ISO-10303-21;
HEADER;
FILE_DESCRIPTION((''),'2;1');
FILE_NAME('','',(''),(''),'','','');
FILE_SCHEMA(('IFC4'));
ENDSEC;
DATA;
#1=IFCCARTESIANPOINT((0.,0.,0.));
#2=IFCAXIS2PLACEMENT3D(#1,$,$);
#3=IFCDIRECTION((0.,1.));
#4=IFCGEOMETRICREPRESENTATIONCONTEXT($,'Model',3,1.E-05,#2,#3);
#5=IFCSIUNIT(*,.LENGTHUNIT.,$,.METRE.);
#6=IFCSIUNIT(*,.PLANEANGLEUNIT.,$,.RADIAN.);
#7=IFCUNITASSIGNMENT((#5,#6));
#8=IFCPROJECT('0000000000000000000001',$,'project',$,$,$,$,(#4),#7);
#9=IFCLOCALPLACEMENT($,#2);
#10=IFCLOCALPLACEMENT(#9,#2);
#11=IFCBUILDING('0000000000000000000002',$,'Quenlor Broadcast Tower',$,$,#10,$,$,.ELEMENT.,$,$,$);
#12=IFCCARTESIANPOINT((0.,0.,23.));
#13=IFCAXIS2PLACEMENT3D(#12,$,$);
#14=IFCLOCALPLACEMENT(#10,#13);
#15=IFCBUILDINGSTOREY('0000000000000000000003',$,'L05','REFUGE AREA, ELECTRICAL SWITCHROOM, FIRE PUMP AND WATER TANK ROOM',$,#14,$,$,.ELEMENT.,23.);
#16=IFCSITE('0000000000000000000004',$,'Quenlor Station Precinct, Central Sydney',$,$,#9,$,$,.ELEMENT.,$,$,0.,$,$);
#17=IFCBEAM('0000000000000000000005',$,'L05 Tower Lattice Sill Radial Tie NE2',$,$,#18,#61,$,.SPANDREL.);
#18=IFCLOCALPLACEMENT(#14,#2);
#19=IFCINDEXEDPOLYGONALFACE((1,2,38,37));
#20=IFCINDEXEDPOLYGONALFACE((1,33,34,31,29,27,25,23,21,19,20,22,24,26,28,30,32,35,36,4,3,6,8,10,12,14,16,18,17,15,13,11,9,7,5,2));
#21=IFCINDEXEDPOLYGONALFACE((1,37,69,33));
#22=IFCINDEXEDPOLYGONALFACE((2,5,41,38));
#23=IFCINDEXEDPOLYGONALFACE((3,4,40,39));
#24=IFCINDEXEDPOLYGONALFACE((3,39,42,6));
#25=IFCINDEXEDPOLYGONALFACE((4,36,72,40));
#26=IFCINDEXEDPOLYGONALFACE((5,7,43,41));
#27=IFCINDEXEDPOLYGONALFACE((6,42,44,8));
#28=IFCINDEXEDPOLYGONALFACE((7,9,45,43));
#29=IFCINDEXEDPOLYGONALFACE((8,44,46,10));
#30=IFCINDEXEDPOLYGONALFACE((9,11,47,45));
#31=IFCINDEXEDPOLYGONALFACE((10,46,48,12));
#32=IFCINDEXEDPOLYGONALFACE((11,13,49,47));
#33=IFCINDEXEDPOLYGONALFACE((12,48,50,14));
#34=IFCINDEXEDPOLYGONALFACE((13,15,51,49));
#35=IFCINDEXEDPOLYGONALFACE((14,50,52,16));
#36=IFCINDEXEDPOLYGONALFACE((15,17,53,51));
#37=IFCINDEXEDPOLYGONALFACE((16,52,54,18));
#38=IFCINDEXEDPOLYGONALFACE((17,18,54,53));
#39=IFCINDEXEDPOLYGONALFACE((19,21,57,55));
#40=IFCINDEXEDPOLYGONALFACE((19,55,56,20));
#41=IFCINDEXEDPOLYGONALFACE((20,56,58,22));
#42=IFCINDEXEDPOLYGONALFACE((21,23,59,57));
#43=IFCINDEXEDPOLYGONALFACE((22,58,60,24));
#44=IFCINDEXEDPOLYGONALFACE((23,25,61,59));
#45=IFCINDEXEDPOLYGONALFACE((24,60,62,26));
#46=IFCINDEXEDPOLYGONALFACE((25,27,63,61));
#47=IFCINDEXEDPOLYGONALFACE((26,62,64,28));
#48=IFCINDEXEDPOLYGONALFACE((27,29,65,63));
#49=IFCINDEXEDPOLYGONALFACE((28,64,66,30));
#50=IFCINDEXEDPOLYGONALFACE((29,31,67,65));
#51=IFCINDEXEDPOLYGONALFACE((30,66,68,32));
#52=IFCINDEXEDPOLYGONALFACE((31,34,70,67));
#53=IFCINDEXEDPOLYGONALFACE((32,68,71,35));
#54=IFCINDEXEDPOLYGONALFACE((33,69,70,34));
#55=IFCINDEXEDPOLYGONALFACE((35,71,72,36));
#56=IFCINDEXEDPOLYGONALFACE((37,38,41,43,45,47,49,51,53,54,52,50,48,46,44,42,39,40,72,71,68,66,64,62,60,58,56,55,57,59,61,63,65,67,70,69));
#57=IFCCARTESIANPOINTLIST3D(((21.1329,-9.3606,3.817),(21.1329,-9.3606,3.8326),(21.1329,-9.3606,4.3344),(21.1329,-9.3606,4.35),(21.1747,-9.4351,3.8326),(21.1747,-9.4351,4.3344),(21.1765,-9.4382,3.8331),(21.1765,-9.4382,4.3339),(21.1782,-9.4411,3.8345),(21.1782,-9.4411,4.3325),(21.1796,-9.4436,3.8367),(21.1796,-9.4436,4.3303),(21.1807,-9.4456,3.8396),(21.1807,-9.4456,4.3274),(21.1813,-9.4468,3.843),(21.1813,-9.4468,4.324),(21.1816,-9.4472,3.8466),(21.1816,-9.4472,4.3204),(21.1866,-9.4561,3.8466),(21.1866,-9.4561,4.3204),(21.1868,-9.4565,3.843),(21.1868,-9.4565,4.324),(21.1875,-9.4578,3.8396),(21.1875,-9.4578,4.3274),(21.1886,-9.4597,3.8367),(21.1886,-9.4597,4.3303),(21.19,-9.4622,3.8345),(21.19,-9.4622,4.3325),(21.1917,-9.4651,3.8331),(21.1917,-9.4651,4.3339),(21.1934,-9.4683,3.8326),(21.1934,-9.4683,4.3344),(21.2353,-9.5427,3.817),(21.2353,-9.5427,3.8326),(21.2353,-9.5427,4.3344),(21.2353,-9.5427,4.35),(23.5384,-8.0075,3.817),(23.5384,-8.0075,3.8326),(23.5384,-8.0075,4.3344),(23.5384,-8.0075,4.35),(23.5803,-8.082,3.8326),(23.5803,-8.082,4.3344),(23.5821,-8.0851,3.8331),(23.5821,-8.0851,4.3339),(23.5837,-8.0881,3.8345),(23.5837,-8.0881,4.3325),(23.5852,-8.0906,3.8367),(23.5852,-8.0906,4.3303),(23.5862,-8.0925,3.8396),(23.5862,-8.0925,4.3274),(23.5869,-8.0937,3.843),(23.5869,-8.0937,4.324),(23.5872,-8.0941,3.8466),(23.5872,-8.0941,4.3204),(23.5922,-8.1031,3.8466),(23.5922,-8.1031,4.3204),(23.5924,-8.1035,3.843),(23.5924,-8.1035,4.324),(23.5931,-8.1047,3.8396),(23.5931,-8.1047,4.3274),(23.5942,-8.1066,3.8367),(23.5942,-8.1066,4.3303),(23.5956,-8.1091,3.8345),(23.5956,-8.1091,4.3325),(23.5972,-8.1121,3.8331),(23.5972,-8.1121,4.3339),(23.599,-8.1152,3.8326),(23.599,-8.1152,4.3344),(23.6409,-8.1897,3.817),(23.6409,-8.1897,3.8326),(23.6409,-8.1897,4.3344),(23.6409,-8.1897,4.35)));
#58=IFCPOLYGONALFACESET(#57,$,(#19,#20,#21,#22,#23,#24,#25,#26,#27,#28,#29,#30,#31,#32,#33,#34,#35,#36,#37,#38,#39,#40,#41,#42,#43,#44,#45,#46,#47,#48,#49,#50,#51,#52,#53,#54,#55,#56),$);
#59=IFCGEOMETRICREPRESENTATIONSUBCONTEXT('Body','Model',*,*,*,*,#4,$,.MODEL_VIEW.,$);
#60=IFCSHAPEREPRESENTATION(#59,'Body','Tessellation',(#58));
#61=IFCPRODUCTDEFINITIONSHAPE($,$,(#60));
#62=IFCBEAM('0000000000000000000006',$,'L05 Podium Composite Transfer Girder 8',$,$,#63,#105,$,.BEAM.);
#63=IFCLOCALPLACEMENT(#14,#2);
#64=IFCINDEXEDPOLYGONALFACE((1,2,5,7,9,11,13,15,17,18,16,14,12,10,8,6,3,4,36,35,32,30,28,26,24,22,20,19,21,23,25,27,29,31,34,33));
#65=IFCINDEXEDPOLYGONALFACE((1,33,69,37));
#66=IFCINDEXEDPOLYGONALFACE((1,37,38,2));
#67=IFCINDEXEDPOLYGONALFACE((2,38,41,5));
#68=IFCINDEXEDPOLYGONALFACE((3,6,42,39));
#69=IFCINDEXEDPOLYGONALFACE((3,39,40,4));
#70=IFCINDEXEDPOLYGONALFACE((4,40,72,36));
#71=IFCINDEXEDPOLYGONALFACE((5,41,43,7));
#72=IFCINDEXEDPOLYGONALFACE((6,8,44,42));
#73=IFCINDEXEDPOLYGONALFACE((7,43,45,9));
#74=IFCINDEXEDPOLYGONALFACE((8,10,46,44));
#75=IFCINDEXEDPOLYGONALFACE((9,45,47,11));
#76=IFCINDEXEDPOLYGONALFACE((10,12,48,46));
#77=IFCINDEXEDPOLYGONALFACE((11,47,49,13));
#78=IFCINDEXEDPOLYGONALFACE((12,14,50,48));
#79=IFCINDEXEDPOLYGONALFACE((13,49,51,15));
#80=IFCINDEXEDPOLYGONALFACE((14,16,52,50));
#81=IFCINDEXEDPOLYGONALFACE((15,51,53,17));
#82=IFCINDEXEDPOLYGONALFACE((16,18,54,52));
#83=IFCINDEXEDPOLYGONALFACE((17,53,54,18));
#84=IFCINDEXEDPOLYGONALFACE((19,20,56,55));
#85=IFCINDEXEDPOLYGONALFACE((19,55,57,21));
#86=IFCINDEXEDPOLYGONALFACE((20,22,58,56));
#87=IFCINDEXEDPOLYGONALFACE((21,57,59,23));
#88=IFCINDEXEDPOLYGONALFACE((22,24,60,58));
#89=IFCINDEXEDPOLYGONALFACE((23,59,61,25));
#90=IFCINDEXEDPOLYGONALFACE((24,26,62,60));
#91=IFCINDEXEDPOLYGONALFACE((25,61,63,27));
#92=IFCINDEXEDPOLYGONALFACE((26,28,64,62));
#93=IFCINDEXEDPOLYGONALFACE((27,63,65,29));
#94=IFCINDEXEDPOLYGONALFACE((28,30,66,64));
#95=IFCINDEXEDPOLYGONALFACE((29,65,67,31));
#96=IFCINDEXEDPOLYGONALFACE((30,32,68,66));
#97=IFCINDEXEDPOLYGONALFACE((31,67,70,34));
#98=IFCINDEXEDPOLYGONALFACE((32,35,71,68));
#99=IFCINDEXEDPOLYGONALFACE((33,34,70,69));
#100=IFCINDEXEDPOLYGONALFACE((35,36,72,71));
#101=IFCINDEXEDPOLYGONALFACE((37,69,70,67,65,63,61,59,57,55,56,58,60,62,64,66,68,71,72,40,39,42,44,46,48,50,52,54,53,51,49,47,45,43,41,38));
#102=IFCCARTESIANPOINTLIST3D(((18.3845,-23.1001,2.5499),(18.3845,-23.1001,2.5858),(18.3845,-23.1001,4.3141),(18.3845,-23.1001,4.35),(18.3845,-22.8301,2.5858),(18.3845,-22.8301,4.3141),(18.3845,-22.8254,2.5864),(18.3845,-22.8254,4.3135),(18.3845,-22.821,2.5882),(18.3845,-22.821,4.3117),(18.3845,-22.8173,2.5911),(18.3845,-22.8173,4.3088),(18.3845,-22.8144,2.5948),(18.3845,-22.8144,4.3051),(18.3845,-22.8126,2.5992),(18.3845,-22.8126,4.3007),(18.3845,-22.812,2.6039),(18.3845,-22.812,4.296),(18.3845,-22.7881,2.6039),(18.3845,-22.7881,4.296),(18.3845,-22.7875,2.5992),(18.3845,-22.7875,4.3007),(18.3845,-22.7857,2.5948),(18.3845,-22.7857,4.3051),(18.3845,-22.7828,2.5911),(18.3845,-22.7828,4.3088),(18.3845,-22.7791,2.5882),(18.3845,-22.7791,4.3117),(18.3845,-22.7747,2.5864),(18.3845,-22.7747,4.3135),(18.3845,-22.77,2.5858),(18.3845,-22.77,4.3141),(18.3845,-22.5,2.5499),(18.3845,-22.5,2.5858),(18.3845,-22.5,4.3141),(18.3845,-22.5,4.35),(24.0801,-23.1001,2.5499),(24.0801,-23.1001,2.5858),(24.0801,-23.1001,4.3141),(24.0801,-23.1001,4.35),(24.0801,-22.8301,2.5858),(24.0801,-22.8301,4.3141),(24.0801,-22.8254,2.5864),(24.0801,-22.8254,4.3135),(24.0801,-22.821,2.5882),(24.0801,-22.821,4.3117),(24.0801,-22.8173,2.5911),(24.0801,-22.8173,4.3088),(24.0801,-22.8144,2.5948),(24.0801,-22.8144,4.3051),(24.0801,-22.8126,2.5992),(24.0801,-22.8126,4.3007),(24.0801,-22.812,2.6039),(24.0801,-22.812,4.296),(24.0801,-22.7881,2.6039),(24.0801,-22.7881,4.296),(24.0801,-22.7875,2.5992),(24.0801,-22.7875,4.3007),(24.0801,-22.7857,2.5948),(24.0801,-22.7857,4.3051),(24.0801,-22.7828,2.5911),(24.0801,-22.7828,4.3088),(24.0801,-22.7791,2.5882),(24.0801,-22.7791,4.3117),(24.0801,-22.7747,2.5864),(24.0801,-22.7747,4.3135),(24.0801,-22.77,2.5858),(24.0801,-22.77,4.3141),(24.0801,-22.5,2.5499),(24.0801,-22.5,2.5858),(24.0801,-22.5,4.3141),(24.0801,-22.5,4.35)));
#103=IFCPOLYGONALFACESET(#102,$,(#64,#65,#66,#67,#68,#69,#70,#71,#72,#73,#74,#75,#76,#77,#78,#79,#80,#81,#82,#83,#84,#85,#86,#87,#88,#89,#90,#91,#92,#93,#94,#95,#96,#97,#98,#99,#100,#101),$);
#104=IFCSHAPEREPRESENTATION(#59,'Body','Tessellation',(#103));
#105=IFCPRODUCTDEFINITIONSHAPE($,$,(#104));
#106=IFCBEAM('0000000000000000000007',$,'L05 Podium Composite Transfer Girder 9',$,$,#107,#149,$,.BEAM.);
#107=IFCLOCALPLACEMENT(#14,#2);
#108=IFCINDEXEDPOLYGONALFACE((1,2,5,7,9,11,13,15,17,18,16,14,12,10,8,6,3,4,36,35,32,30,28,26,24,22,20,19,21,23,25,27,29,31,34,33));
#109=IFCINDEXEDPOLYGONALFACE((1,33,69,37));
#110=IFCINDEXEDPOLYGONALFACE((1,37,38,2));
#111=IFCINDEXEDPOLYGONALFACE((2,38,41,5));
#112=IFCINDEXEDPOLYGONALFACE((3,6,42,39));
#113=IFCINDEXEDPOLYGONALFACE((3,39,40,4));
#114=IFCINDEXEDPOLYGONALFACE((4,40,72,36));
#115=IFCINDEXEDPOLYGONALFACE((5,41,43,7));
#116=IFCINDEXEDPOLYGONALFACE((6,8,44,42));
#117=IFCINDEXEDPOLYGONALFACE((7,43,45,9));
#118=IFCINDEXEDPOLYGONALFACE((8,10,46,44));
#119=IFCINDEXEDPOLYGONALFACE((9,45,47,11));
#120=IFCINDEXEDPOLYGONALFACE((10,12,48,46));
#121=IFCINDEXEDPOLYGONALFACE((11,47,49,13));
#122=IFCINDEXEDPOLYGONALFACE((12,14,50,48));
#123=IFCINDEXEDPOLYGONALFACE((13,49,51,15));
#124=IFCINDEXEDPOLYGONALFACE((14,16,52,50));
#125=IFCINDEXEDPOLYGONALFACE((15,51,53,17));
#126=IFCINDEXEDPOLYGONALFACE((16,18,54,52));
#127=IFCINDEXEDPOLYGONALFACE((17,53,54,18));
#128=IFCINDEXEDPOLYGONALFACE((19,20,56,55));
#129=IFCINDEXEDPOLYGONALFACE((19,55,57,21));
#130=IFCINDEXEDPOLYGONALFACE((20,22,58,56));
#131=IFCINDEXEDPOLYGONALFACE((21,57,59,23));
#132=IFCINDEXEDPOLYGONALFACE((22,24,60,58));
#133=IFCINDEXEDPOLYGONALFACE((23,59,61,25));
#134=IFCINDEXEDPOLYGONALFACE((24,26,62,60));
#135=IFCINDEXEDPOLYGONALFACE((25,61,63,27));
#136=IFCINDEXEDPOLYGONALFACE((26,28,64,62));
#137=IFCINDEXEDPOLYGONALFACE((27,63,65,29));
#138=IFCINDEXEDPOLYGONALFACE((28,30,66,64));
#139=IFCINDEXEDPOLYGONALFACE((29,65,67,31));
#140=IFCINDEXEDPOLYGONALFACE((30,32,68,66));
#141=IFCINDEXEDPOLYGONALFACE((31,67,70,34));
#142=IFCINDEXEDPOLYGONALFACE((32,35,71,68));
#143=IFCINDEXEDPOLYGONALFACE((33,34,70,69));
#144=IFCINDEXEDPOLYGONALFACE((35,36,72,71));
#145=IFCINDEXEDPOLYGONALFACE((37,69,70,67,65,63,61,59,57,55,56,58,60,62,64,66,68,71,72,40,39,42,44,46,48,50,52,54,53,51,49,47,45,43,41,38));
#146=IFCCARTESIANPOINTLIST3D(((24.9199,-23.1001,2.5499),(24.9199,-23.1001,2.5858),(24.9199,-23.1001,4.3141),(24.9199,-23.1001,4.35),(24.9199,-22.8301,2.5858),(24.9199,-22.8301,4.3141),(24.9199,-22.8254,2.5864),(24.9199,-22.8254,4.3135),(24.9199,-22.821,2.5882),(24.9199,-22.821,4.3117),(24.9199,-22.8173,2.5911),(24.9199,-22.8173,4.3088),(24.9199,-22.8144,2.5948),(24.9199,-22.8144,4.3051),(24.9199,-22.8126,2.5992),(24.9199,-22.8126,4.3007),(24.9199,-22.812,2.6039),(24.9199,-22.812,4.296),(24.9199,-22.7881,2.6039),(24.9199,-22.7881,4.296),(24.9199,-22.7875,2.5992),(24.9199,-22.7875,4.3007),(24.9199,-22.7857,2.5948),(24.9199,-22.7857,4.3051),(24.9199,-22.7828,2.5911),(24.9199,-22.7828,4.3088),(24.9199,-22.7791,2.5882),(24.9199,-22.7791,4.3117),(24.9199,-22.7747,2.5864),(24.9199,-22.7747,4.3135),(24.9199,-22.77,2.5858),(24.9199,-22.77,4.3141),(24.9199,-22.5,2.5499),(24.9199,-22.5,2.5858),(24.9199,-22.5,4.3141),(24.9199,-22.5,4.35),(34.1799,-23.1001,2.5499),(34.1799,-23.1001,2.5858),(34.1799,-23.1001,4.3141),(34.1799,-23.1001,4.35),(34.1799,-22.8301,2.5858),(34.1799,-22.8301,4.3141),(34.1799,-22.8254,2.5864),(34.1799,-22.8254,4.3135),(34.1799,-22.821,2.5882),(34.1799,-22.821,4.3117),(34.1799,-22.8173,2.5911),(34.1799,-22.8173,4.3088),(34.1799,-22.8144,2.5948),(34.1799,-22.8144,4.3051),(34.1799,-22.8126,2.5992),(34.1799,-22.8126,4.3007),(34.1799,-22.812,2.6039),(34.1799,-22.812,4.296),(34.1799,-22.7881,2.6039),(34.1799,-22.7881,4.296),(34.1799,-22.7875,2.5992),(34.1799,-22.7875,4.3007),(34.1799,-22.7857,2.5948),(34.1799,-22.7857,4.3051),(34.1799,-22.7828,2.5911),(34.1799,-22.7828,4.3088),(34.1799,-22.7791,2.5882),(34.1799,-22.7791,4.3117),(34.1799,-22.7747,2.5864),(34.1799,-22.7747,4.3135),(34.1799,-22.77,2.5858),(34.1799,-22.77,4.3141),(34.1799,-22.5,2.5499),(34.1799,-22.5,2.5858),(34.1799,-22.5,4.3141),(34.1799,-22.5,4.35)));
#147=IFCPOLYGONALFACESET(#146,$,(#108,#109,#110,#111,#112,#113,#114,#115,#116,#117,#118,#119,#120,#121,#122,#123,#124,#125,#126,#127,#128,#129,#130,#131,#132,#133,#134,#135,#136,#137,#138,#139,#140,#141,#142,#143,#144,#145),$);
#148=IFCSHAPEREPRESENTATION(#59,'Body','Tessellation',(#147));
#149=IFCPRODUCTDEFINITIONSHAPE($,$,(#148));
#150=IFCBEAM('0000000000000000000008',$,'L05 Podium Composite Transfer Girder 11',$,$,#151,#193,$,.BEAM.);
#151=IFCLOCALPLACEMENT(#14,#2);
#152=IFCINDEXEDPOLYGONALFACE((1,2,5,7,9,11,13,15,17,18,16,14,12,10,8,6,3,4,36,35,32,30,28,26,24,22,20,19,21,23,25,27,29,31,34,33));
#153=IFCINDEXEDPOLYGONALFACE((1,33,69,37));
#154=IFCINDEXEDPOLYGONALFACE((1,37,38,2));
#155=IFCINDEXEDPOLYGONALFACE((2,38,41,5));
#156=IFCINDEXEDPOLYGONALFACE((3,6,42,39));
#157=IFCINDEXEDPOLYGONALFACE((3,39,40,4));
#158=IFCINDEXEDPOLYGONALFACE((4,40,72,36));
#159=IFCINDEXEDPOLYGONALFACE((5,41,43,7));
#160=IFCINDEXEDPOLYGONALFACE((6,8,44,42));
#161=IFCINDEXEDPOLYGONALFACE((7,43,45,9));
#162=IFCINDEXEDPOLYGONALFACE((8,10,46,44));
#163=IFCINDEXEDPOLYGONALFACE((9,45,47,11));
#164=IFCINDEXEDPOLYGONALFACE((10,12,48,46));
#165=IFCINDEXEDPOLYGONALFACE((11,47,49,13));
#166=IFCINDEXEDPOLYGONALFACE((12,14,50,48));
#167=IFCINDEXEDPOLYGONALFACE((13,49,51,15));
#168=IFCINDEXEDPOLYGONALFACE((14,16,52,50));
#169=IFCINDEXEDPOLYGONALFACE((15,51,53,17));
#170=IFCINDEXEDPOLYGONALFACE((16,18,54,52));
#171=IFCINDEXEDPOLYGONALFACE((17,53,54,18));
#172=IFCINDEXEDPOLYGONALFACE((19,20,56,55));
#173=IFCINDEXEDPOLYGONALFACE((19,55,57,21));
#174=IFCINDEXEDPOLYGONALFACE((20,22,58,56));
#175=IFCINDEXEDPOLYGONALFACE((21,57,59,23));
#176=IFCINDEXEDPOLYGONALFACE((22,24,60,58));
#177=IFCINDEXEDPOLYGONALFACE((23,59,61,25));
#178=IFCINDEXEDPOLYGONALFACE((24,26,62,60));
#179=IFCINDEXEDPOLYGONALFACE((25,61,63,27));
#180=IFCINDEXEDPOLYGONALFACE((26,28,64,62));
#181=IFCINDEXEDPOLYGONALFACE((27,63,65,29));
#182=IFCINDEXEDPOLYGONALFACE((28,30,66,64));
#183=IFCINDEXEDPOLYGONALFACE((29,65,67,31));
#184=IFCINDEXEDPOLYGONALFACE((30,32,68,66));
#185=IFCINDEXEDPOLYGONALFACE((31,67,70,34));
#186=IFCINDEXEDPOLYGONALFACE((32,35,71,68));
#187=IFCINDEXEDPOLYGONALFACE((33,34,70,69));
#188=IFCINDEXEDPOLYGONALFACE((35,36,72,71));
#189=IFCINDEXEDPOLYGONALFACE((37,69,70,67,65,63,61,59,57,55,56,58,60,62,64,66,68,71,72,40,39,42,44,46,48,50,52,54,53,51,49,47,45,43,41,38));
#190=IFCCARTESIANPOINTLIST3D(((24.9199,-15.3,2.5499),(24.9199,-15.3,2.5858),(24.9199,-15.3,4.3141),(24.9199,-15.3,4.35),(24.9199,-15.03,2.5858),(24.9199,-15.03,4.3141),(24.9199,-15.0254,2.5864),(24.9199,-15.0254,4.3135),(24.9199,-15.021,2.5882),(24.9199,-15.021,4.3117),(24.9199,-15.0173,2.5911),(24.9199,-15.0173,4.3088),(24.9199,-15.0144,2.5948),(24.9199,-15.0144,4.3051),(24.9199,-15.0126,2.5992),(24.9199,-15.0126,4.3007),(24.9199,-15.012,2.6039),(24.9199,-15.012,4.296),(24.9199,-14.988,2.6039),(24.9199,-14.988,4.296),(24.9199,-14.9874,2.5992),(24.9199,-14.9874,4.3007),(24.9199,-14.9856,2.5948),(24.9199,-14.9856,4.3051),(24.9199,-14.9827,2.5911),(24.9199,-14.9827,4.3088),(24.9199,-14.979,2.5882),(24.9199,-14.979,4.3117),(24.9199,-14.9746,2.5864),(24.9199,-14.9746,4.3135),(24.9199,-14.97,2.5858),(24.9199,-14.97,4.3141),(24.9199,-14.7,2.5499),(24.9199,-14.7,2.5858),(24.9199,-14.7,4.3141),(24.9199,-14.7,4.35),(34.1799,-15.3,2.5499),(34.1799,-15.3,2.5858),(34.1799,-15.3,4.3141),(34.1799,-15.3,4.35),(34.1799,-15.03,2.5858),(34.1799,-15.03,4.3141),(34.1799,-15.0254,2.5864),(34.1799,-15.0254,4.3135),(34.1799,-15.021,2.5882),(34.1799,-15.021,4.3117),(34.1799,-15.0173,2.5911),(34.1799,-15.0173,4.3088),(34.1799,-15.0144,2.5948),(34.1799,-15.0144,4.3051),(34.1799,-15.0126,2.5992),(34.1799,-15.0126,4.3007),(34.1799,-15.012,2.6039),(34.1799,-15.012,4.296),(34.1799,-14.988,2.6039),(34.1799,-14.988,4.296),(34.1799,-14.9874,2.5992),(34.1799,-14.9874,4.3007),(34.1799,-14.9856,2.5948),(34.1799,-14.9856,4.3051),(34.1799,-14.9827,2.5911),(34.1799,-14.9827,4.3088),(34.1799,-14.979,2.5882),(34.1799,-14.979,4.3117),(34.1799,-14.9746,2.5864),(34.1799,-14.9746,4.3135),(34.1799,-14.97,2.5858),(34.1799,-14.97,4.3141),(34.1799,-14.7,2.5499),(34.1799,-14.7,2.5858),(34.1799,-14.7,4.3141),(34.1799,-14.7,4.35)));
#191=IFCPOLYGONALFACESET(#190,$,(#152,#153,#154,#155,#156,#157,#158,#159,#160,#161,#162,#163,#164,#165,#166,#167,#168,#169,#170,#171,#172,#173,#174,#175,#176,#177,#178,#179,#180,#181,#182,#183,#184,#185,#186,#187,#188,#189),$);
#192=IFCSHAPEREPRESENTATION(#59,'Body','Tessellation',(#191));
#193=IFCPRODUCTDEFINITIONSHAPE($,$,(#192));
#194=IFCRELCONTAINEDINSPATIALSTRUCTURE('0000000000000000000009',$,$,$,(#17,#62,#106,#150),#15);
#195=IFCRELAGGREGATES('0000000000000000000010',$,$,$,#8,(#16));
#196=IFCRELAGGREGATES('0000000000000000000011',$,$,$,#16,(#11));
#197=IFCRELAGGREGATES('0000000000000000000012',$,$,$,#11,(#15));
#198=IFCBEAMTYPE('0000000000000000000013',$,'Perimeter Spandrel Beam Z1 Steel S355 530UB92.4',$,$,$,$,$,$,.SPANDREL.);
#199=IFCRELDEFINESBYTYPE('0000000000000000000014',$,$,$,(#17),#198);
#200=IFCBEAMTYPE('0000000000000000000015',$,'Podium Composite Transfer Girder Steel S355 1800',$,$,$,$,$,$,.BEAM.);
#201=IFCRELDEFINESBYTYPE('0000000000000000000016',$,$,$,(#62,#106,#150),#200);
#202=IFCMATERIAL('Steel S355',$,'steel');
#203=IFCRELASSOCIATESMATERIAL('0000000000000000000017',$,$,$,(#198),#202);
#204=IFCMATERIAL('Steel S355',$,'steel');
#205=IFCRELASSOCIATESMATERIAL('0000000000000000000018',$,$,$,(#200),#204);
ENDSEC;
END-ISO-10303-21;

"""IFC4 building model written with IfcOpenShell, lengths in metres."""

from ifc_helpers import new_model, si_unit, direction, frame, origin, origin_2d, place, context, subcontext, project, spatial, i_section, extrude, material, material_profile, profile_set, type_object, element, save


model = new_model("IFC4")

# Units and contexts
model_context = context("Model", 3, precision=1e-05, world=origin(), true_north=direction((0.0, 1.0)))
body_context = subcontext(model_context, "Body", "Model", "MODEL_VIEW")
ifc_project = project(units=[si_unit("LENGTHUNIT", "METRE"), si_unit("PLANEANGLEUNIT", "RADIAN")], contexts=[model_context])

# Site, building, storey
site_placement = place(None, origin())
site = spatial("IfcSite", under=ifc_project, at=site_placement, Name="Quenlor Station Precinct, Central Sydney", CompositionType="ELEMENT", RefElevation=0.0)
building_placement = place(site_placement, origin())
building = spatial("IfcBuilding", under=site, at=building_placement, Name="Quenlor Broadcast Tower", CompositionType="ELEMENT")
storey_placement = place(building_placement, frame((0.0, 0.0, 23.0)))
storey = spatial("IfcBuildingStorey", under=building, at=storey_placement, Name="L05", Description="REFUGE AREA, ELECTRICAL SWITCHROOM, FIRE PUMP AND WATER TANK ROOM", CompositionType="ELEMENT", Elevation=23.0)

# Beams
ifc_material_1 = material(Name="Steel S355", Category="steel")
ifc_material_profile_1 = material_profile(ifc_material_1, i_section(OverallWidth=0.209, OverallDepth=0.533, WebThickness=0.0103, FlangeThickness=0.0156, FilletRadius=0.0139, at=origin_2d()))
ifc_profile_set_1 = profile_set([ifc_material_profile_1], Name="Steel S355 530UB92.4")
beam_type_1 = type_object("IfcBeamType", Name="Perimeter Spandrel Beam Z1 Steel S355 530UB92.4", PredefinedType="SPANDREL", material=ifc_profile_set_1)
beam_1_placement = place(storey_placement, frame((21.1841, -9.4517, 4.0835), z_axis=(0.871587, 0.49024, 0.0), x_axis=(-0.49024, 0.871587, 0.0)))
element("IfcBeam", 1, at=beam_1_placement, inside=storey, type_object=beam_type_1, Name="L05 Tower Lattice Sill Radial Tie NE2", PredefinedType="SPANDREL", context=body_context, shape_type="SweptSolid", body=[
    extrude(i_section(OverallWidth=0.209, OverallDepth=0.533, WebThickness=0.0103, FlangeThickness=0.0156, FilletRadius=0.0139, at=origin_2d()), origin(), (0.0, 0.0, 1.0), 2.76),
])
ifc_material_2 = material(Name="Steel S355", Category="steel")
ifc_material_profile_2 = material_profile(ifc_material_2, i_section(OverallWidth=0.6001, OverallDepth=1.8, WebThickness=0.0239, FlangeThickness=0.0359, FilletRadius=0.0181, at=origin_2d()))
ifc_profile_set_2 = profile_set([ifc_material_profile_2], Name="Steel S355 1800TG620")
beam_type_2 = type_object("IfcBeamType", Name="Podium Composite Transfer Girder Steel S355 1800", PredefinedType="BEAM", material=ifc_profile_set_2)
beam_2_placement = place(storey_placement, frame((18.3845, -22.8, 3.45), z_axis=(1.0, 0.0, 0.0), x_axis=(0.0, 1.0, 0.0)))
element("IfcBeam", 2, at=beam_2_placement, inside=storey, type_object=beam_type_2, Name="L05 Podium Composite Transfer Girder 8", PredefinedType="BEAM", context=body_context, shape_type="SweptSolid", body=[
    extrude(i_section(OverallWidth=0.6001, OverallDepth=1.8, WebThickness=0.0239, FlangeThickness=0.0359, FilletRadius=0.0181, at=origin_2d()), origin(), (0.0, 0.0, 1.0), 5.6956),
])
for number, where, z_axis, x_axis, name in (
    (3, (24.9199, -22.8, 3.45), (1.0, 0.0, 0.0), (0.0, 1.0, 0.0), "L05 Podium Composite Transfer Girder 9"),
    (4, (24.9199, -15.0, 3.45), (1.0, 0.0, 0.0), (0.0, 1.0, 0.0), "L05 Podium Composite Transfer Girder 11"),
):
    element("IfcBeam", number, at=place(storey_placement, frame(where, z_axis=z_axis, x_axis=x_axis)), inside=storey, type_object=beam_type_2, Name=name, PredefinedType="BEAM", context=body_context, shape_type="SweptSolid", body=[
        extrude(i_section(OverallWidth=0.6001, OverallDepth=1.8, WebThickness=0.0239, FlangeThickness=0.0359, FilletRadius=0.0181, at=origin_2d()), origin(), (0.0, 0.0, 1.0), 9.26),
    ])

save(model, "model.ifc")
